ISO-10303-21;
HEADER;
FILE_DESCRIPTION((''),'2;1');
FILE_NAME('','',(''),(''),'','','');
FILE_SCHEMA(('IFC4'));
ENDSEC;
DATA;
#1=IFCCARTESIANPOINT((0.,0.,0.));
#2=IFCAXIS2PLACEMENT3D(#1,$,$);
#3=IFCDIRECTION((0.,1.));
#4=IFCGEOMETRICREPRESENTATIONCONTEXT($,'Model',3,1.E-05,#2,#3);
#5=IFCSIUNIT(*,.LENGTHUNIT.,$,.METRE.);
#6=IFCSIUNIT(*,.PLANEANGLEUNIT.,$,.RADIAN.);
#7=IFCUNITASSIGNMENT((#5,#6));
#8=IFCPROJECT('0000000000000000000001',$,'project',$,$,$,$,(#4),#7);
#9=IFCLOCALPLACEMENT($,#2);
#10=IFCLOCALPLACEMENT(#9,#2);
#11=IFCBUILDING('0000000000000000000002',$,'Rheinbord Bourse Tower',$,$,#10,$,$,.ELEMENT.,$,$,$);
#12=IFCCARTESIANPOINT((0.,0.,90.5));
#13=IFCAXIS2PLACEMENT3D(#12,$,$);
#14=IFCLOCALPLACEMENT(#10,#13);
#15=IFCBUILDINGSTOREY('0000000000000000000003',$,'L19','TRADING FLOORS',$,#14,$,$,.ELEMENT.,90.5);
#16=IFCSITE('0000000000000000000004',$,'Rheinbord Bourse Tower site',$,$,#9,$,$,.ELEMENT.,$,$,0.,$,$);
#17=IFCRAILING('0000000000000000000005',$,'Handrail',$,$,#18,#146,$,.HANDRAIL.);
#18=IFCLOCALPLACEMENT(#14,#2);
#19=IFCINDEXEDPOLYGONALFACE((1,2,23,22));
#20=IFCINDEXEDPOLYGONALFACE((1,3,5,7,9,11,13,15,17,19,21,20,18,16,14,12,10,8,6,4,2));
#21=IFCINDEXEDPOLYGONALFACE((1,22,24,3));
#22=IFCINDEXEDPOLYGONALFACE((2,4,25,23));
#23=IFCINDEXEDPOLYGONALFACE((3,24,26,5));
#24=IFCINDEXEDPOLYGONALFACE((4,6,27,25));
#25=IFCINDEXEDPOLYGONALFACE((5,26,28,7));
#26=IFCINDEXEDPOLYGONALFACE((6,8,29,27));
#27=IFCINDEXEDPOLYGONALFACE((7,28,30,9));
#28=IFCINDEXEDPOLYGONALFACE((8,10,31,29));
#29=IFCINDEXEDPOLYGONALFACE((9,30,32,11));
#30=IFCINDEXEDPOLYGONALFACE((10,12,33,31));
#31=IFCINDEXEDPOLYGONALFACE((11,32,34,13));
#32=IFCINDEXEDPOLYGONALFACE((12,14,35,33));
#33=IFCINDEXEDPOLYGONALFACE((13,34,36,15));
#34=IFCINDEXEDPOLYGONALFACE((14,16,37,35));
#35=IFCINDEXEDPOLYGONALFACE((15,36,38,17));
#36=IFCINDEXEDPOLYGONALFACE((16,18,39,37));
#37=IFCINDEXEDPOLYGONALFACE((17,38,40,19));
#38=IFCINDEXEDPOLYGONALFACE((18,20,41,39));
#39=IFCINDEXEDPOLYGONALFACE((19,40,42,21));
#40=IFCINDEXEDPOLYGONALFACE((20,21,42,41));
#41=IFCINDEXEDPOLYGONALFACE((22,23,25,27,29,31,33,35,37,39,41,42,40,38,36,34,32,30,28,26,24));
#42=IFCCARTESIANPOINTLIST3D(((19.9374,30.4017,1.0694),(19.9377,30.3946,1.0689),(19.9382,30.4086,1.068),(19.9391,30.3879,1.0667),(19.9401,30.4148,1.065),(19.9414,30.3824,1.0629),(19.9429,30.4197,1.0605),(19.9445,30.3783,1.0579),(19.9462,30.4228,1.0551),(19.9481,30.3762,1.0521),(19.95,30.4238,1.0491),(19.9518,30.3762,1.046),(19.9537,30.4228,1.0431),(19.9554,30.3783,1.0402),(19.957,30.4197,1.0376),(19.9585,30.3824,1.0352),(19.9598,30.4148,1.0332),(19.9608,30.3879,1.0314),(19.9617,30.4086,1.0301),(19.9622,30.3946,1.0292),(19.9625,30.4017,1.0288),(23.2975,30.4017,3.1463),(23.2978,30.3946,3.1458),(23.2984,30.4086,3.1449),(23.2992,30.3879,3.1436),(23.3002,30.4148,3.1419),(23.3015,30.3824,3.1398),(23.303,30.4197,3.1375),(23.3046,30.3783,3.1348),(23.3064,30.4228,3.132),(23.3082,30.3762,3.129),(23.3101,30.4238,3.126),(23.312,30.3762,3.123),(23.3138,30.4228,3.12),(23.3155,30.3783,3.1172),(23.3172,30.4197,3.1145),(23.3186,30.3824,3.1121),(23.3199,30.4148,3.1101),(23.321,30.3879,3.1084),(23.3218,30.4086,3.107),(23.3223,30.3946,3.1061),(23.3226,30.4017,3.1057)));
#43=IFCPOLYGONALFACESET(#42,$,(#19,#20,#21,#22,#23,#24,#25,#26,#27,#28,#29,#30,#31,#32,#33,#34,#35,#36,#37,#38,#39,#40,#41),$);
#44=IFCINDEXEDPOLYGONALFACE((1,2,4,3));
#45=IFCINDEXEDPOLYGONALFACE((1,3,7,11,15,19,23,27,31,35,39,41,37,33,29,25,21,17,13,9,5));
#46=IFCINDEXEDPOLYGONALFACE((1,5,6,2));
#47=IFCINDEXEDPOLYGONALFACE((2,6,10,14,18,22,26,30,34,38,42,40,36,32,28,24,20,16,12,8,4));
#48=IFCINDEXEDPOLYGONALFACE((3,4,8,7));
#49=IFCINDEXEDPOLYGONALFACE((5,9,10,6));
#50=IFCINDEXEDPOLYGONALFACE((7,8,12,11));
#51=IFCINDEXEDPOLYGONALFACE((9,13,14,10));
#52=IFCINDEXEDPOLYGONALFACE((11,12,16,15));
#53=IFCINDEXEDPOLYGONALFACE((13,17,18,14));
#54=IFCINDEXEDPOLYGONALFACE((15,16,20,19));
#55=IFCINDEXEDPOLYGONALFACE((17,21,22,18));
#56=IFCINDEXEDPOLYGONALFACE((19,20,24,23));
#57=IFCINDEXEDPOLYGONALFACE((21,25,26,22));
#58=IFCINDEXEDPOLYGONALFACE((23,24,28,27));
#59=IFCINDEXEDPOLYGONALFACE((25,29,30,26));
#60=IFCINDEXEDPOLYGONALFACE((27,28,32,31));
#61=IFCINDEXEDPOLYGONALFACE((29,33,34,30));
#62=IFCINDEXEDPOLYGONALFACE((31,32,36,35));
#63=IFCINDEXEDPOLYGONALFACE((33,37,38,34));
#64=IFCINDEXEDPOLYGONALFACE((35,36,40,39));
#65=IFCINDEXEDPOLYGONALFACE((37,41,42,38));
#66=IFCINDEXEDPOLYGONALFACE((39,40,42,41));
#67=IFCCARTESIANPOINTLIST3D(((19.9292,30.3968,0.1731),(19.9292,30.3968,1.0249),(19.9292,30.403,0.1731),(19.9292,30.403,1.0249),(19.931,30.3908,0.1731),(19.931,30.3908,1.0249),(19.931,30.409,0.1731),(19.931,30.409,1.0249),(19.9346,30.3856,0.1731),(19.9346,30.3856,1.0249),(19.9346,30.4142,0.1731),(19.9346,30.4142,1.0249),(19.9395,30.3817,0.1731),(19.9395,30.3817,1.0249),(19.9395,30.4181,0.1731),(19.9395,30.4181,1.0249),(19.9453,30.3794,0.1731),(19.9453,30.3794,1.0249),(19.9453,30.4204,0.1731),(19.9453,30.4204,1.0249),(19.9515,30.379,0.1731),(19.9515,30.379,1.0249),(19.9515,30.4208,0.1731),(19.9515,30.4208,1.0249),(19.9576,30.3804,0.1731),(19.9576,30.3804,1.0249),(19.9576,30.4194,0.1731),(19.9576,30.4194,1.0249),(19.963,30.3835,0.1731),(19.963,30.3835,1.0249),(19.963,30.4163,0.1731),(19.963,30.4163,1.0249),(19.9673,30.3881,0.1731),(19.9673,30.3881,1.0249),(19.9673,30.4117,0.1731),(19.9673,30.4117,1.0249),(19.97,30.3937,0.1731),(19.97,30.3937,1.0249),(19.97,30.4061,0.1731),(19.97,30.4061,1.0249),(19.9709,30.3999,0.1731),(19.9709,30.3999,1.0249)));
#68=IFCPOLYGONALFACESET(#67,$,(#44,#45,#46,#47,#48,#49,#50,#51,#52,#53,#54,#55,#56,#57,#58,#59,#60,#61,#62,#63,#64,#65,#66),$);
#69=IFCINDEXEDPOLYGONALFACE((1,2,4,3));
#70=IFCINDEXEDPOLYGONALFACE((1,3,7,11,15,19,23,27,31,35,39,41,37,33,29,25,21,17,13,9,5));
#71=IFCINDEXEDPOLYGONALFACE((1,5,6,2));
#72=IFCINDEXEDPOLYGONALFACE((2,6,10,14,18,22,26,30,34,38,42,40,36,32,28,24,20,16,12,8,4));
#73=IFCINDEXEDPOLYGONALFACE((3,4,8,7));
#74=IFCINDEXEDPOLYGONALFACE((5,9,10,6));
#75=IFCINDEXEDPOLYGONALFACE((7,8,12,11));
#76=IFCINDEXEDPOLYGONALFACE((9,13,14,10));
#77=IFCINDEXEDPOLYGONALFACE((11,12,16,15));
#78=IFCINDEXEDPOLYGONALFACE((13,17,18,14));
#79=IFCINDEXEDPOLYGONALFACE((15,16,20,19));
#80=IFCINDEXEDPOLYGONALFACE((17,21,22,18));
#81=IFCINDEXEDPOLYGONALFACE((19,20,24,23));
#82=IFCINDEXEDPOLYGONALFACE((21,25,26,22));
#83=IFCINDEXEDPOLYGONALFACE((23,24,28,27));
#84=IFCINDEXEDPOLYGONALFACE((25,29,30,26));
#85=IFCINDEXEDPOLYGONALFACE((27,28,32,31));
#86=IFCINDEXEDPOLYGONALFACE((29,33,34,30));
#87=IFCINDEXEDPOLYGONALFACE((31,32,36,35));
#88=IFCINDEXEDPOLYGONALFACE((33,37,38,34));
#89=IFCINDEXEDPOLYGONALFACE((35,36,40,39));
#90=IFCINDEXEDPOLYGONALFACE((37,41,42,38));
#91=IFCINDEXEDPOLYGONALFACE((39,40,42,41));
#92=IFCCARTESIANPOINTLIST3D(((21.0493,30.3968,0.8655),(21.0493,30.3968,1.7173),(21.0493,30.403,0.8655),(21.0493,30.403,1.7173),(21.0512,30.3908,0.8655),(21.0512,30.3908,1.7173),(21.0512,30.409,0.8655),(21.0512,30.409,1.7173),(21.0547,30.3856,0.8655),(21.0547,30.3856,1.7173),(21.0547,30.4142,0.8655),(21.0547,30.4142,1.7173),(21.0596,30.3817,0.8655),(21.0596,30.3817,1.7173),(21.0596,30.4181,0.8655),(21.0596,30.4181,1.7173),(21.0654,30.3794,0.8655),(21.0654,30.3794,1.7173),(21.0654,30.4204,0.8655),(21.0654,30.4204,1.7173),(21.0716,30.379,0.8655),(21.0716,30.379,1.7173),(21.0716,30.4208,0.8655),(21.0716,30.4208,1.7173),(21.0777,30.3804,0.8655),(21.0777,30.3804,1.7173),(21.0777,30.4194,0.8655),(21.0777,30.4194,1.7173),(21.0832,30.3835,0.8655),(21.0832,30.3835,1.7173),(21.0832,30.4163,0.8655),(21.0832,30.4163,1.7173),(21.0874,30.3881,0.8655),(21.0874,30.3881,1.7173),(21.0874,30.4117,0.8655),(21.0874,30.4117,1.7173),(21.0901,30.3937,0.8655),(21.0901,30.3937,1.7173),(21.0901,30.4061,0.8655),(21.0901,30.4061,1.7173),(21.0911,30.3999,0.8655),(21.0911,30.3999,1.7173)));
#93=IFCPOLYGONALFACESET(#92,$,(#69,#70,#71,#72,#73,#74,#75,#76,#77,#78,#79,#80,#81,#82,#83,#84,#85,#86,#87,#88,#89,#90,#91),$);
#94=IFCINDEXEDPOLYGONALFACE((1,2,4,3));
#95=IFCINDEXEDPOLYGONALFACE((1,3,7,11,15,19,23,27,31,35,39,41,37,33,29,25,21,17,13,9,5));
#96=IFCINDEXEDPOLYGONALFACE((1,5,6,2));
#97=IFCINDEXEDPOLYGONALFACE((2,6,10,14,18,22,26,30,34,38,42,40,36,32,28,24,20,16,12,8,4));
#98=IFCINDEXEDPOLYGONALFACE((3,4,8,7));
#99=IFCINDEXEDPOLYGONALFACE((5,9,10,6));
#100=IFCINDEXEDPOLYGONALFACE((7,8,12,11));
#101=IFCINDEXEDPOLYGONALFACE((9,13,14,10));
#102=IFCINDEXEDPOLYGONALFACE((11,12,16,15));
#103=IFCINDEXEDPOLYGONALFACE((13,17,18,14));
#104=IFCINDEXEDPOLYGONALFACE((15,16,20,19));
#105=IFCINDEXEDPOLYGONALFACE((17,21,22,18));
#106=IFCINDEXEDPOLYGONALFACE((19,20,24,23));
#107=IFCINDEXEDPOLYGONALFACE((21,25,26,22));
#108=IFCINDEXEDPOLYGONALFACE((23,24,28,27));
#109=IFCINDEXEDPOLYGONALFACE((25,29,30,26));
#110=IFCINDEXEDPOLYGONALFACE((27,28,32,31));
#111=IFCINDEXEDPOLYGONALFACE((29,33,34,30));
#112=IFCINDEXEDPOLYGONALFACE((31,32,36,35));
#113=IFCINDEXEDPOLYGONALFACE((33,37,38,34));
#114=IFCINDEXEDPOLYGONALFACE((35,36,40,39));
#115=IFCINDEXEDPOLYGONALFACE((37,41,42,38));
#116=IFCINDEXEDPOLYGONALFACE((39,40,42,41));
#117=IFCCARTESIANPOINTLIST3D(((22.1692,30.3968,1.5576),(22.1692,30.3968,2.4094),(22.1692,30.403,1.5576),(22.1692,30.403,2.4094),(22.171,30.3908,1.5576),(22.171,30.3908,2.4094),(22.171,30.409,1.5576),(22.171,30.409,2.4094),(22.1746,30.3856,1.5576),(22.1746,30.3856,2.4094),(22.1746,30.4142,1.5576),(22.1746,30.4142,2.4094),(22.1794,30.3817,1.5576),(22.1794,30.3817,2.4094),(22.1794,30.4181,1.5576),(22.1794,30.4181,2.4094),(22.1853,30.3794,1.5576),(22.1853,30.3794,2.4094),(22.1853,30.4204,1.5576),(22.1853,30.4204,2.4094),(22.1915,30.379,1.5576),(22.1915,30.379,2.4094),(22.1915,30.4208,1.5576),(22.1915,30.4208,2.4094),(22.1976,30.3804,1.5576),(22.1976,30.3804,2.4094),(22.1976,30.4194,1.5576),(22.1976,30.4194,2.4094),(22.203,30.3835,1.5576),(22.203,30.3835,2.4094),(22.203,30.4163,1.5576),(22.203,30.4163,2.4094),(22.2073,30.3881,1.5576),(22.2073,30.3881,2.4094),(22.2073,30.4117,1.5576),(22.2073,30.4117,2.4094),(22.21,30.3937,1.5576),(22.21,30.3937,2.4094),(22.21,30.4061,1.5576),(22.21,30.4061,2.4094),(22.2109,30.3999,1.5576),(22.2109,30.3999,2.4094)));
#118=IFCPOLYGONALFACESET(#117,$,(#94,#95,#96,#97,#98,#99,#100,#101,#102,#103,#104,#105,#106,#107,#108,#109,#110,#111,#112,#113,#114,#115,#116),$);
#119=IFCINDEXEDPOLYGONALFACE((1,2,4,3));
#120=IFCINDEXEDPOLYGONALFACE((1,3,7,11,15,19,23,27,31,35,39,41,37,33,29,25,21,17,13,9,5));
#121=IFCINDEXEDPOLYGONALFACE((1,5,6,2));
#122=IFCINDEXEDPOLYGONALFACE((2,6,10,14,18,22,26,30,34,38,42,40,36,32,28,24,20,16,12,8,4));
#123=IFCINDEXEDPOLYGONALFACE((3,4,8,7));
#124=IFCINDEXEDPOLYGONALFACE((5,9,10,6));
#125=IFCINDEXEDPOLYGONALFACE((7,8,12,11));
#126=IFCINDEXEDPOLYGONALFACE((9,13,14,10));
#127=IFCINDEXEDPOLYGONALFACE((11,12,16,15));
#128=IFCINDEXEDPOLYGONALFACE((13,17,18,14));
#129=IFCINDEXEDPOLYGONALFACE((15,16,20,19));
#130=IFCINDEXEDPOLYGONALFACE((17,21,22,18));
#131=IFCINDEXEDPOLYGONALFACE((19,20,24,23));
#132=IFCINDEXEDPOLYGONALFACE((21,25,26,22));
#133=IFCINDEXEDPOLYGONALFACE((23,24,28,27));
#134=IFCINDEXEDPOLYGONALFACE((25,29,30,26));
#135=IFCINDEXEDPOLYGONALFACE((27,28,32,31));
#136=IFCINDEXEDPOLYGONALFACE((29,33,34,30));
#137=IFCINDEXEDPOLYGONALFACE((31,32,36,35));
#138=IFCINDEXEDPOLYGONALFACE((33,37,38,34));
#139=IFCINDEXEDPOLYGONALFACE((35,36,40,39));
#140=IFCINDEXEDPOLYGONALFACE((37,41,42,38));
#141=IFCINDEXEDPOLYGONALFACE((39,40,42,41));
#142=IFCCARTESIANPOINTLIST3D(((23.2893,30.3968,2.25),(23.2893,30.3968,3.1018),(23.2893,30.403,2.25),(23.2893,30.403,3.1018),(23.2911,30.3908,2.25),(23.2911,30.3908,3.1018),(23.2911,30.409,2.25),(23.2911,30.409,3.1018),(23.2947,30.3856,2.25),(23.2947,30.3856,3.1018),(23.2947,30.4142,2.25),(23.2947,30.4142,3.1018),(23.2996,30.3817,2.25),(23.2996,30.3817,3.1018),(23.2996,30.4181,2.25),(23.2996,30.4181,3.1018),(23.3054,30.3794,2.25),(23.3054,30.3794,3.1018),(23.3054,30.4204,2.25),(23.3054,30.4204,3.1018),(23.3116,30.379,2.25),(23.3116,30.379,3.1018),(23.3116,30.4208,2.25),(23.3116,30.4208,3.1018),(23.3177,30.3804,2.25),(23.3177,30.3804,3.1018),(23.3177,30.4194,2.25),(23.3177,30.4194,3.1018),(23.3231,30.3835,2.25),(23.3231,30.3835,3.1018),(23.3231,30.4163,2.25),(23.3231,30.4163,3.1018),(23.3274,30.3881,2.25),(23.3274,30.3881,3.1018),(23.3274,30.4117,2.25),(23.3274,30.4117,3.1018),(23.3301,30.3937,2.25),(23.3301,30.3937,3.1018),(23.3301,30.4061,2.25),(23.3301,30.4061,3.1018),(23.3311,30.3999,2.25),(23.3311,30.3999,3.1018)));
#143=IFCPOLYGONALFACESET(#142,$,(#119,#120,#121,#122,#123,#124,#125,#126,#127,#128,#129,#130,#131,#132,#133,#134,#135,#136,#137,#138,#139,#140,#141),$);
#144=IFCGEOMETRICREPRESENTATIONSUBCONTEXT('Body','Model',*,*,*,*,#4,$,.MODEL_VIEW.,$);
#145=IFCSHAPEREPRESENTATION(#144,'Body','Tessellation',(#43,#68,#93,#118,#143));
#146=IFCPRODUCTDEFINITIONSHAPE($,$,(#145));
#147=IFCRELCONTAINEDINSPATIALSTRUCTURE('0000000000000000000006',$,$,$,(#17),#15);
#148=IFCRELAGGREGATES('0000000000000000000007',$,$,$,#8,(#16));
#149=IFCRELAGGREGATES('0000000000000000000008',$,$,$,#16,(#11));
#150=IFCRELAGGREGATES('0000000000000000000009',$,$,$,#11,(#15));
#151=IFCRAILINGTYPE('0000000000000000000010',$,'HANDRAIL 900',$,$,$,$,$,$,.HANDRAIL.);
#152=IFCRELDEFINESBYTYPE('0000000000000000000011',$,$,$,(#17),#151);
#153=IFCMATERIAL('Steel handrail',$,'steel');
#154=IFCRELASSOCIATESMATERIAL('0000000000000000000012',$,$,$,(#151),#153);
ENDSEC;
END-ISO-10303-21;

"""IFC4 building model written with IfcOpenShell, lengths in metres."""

from ifc_helpers import new_model, si_unit, direction, frame, origin, origin_2d, place, context, subcontext, project, spatial, circle, extrude, material, type_object, element, save


model = new_model("IFC4")

# Units and contexts
model_context = context("Model", 3, precision=1e-05, world=origin(), true_north=direction((0.0, 1.0)))
body_context = subcontext(model_context, "Body", "Model", "MODEL_VIEW")
ifc_project = project(units=[si_unit("LENGTHUNIT", "METRE"), si_unit("PLANEANGLEUNIT", "RADIAN")], contexts=[model_context])

# Site, building, storey
site_placement = place(None, origin())
site = spatial("IfcSite", under=ifc_project, at=site_placement, Name="Rheinbord Bourse Tower site", CompositionType="ELEMENT", RefElevation=0.0)
building_placement = place(site_placement, origin())
building = spatial("IfcBuilding", under=site, at=building_placement, Name="Rheinbord Bourse Tower", CompositionType="ELEMENT")
storey_placement = place(building_placement, frame((0.0, 0.0, 90.5)))
storey = spatial("IfcBuildingStorey", under=building, at=storey_placement, Name="L19", Description="TRADING FLOORS", CompositionType="ELEMENT", Elevation=90.5)

# Railing
ifc_material_1 = material(Name="Steel handrail", Category="steel")
railing_type = type_object("IfcRailingType", Name="HANDRAIL 900", PredefinedType="HANDRAIL", material=ifc_material_1)
railing_1_placement = place(storey_placement, frame((19.95, 30.3999, 0.1731)))
element("IfcRailing", 1, at=railing_1_placement, inside=storey, type_object=railing_type, Name="Handrail", PredefinedType="HANDRAIL", context=body_context, shape_type="SweptSolid", body=[
    extrude(circle(Radius=0.0239, at=origin_2d()), frame((0.0, 0.0, 0.876), z_axis=(0.850623, 0.0, 0.525776), x_axis=(0.0, 1.0, 0.0)), (0.0, 0.0, 1.0), 3.9502),
    extrude(circle(Radius=0.021, at=origin_2d()), origin(), (0.0, 0.0, 1.0), 0.8518),
    extrude(circle(Radius=0.021, at=origin_2d()), frame((1.1201, 0.0, 0.6924)), (0.0, 0.0, 1.0), 0.8518),
    extrude(circle(Radius=0.021, at=origin_2d()), frame((2.24, 0.0, 1.3845)), (0.0, 0.0, 1.0), 0.8518),
    extrude(circle(Radius=0.021, at=origin_2d()), frame((3.3601, 0.0, 2.0769)), (0.0, 0.0, 1.0), 0.8518),
])

save(model, "model.ifc")
